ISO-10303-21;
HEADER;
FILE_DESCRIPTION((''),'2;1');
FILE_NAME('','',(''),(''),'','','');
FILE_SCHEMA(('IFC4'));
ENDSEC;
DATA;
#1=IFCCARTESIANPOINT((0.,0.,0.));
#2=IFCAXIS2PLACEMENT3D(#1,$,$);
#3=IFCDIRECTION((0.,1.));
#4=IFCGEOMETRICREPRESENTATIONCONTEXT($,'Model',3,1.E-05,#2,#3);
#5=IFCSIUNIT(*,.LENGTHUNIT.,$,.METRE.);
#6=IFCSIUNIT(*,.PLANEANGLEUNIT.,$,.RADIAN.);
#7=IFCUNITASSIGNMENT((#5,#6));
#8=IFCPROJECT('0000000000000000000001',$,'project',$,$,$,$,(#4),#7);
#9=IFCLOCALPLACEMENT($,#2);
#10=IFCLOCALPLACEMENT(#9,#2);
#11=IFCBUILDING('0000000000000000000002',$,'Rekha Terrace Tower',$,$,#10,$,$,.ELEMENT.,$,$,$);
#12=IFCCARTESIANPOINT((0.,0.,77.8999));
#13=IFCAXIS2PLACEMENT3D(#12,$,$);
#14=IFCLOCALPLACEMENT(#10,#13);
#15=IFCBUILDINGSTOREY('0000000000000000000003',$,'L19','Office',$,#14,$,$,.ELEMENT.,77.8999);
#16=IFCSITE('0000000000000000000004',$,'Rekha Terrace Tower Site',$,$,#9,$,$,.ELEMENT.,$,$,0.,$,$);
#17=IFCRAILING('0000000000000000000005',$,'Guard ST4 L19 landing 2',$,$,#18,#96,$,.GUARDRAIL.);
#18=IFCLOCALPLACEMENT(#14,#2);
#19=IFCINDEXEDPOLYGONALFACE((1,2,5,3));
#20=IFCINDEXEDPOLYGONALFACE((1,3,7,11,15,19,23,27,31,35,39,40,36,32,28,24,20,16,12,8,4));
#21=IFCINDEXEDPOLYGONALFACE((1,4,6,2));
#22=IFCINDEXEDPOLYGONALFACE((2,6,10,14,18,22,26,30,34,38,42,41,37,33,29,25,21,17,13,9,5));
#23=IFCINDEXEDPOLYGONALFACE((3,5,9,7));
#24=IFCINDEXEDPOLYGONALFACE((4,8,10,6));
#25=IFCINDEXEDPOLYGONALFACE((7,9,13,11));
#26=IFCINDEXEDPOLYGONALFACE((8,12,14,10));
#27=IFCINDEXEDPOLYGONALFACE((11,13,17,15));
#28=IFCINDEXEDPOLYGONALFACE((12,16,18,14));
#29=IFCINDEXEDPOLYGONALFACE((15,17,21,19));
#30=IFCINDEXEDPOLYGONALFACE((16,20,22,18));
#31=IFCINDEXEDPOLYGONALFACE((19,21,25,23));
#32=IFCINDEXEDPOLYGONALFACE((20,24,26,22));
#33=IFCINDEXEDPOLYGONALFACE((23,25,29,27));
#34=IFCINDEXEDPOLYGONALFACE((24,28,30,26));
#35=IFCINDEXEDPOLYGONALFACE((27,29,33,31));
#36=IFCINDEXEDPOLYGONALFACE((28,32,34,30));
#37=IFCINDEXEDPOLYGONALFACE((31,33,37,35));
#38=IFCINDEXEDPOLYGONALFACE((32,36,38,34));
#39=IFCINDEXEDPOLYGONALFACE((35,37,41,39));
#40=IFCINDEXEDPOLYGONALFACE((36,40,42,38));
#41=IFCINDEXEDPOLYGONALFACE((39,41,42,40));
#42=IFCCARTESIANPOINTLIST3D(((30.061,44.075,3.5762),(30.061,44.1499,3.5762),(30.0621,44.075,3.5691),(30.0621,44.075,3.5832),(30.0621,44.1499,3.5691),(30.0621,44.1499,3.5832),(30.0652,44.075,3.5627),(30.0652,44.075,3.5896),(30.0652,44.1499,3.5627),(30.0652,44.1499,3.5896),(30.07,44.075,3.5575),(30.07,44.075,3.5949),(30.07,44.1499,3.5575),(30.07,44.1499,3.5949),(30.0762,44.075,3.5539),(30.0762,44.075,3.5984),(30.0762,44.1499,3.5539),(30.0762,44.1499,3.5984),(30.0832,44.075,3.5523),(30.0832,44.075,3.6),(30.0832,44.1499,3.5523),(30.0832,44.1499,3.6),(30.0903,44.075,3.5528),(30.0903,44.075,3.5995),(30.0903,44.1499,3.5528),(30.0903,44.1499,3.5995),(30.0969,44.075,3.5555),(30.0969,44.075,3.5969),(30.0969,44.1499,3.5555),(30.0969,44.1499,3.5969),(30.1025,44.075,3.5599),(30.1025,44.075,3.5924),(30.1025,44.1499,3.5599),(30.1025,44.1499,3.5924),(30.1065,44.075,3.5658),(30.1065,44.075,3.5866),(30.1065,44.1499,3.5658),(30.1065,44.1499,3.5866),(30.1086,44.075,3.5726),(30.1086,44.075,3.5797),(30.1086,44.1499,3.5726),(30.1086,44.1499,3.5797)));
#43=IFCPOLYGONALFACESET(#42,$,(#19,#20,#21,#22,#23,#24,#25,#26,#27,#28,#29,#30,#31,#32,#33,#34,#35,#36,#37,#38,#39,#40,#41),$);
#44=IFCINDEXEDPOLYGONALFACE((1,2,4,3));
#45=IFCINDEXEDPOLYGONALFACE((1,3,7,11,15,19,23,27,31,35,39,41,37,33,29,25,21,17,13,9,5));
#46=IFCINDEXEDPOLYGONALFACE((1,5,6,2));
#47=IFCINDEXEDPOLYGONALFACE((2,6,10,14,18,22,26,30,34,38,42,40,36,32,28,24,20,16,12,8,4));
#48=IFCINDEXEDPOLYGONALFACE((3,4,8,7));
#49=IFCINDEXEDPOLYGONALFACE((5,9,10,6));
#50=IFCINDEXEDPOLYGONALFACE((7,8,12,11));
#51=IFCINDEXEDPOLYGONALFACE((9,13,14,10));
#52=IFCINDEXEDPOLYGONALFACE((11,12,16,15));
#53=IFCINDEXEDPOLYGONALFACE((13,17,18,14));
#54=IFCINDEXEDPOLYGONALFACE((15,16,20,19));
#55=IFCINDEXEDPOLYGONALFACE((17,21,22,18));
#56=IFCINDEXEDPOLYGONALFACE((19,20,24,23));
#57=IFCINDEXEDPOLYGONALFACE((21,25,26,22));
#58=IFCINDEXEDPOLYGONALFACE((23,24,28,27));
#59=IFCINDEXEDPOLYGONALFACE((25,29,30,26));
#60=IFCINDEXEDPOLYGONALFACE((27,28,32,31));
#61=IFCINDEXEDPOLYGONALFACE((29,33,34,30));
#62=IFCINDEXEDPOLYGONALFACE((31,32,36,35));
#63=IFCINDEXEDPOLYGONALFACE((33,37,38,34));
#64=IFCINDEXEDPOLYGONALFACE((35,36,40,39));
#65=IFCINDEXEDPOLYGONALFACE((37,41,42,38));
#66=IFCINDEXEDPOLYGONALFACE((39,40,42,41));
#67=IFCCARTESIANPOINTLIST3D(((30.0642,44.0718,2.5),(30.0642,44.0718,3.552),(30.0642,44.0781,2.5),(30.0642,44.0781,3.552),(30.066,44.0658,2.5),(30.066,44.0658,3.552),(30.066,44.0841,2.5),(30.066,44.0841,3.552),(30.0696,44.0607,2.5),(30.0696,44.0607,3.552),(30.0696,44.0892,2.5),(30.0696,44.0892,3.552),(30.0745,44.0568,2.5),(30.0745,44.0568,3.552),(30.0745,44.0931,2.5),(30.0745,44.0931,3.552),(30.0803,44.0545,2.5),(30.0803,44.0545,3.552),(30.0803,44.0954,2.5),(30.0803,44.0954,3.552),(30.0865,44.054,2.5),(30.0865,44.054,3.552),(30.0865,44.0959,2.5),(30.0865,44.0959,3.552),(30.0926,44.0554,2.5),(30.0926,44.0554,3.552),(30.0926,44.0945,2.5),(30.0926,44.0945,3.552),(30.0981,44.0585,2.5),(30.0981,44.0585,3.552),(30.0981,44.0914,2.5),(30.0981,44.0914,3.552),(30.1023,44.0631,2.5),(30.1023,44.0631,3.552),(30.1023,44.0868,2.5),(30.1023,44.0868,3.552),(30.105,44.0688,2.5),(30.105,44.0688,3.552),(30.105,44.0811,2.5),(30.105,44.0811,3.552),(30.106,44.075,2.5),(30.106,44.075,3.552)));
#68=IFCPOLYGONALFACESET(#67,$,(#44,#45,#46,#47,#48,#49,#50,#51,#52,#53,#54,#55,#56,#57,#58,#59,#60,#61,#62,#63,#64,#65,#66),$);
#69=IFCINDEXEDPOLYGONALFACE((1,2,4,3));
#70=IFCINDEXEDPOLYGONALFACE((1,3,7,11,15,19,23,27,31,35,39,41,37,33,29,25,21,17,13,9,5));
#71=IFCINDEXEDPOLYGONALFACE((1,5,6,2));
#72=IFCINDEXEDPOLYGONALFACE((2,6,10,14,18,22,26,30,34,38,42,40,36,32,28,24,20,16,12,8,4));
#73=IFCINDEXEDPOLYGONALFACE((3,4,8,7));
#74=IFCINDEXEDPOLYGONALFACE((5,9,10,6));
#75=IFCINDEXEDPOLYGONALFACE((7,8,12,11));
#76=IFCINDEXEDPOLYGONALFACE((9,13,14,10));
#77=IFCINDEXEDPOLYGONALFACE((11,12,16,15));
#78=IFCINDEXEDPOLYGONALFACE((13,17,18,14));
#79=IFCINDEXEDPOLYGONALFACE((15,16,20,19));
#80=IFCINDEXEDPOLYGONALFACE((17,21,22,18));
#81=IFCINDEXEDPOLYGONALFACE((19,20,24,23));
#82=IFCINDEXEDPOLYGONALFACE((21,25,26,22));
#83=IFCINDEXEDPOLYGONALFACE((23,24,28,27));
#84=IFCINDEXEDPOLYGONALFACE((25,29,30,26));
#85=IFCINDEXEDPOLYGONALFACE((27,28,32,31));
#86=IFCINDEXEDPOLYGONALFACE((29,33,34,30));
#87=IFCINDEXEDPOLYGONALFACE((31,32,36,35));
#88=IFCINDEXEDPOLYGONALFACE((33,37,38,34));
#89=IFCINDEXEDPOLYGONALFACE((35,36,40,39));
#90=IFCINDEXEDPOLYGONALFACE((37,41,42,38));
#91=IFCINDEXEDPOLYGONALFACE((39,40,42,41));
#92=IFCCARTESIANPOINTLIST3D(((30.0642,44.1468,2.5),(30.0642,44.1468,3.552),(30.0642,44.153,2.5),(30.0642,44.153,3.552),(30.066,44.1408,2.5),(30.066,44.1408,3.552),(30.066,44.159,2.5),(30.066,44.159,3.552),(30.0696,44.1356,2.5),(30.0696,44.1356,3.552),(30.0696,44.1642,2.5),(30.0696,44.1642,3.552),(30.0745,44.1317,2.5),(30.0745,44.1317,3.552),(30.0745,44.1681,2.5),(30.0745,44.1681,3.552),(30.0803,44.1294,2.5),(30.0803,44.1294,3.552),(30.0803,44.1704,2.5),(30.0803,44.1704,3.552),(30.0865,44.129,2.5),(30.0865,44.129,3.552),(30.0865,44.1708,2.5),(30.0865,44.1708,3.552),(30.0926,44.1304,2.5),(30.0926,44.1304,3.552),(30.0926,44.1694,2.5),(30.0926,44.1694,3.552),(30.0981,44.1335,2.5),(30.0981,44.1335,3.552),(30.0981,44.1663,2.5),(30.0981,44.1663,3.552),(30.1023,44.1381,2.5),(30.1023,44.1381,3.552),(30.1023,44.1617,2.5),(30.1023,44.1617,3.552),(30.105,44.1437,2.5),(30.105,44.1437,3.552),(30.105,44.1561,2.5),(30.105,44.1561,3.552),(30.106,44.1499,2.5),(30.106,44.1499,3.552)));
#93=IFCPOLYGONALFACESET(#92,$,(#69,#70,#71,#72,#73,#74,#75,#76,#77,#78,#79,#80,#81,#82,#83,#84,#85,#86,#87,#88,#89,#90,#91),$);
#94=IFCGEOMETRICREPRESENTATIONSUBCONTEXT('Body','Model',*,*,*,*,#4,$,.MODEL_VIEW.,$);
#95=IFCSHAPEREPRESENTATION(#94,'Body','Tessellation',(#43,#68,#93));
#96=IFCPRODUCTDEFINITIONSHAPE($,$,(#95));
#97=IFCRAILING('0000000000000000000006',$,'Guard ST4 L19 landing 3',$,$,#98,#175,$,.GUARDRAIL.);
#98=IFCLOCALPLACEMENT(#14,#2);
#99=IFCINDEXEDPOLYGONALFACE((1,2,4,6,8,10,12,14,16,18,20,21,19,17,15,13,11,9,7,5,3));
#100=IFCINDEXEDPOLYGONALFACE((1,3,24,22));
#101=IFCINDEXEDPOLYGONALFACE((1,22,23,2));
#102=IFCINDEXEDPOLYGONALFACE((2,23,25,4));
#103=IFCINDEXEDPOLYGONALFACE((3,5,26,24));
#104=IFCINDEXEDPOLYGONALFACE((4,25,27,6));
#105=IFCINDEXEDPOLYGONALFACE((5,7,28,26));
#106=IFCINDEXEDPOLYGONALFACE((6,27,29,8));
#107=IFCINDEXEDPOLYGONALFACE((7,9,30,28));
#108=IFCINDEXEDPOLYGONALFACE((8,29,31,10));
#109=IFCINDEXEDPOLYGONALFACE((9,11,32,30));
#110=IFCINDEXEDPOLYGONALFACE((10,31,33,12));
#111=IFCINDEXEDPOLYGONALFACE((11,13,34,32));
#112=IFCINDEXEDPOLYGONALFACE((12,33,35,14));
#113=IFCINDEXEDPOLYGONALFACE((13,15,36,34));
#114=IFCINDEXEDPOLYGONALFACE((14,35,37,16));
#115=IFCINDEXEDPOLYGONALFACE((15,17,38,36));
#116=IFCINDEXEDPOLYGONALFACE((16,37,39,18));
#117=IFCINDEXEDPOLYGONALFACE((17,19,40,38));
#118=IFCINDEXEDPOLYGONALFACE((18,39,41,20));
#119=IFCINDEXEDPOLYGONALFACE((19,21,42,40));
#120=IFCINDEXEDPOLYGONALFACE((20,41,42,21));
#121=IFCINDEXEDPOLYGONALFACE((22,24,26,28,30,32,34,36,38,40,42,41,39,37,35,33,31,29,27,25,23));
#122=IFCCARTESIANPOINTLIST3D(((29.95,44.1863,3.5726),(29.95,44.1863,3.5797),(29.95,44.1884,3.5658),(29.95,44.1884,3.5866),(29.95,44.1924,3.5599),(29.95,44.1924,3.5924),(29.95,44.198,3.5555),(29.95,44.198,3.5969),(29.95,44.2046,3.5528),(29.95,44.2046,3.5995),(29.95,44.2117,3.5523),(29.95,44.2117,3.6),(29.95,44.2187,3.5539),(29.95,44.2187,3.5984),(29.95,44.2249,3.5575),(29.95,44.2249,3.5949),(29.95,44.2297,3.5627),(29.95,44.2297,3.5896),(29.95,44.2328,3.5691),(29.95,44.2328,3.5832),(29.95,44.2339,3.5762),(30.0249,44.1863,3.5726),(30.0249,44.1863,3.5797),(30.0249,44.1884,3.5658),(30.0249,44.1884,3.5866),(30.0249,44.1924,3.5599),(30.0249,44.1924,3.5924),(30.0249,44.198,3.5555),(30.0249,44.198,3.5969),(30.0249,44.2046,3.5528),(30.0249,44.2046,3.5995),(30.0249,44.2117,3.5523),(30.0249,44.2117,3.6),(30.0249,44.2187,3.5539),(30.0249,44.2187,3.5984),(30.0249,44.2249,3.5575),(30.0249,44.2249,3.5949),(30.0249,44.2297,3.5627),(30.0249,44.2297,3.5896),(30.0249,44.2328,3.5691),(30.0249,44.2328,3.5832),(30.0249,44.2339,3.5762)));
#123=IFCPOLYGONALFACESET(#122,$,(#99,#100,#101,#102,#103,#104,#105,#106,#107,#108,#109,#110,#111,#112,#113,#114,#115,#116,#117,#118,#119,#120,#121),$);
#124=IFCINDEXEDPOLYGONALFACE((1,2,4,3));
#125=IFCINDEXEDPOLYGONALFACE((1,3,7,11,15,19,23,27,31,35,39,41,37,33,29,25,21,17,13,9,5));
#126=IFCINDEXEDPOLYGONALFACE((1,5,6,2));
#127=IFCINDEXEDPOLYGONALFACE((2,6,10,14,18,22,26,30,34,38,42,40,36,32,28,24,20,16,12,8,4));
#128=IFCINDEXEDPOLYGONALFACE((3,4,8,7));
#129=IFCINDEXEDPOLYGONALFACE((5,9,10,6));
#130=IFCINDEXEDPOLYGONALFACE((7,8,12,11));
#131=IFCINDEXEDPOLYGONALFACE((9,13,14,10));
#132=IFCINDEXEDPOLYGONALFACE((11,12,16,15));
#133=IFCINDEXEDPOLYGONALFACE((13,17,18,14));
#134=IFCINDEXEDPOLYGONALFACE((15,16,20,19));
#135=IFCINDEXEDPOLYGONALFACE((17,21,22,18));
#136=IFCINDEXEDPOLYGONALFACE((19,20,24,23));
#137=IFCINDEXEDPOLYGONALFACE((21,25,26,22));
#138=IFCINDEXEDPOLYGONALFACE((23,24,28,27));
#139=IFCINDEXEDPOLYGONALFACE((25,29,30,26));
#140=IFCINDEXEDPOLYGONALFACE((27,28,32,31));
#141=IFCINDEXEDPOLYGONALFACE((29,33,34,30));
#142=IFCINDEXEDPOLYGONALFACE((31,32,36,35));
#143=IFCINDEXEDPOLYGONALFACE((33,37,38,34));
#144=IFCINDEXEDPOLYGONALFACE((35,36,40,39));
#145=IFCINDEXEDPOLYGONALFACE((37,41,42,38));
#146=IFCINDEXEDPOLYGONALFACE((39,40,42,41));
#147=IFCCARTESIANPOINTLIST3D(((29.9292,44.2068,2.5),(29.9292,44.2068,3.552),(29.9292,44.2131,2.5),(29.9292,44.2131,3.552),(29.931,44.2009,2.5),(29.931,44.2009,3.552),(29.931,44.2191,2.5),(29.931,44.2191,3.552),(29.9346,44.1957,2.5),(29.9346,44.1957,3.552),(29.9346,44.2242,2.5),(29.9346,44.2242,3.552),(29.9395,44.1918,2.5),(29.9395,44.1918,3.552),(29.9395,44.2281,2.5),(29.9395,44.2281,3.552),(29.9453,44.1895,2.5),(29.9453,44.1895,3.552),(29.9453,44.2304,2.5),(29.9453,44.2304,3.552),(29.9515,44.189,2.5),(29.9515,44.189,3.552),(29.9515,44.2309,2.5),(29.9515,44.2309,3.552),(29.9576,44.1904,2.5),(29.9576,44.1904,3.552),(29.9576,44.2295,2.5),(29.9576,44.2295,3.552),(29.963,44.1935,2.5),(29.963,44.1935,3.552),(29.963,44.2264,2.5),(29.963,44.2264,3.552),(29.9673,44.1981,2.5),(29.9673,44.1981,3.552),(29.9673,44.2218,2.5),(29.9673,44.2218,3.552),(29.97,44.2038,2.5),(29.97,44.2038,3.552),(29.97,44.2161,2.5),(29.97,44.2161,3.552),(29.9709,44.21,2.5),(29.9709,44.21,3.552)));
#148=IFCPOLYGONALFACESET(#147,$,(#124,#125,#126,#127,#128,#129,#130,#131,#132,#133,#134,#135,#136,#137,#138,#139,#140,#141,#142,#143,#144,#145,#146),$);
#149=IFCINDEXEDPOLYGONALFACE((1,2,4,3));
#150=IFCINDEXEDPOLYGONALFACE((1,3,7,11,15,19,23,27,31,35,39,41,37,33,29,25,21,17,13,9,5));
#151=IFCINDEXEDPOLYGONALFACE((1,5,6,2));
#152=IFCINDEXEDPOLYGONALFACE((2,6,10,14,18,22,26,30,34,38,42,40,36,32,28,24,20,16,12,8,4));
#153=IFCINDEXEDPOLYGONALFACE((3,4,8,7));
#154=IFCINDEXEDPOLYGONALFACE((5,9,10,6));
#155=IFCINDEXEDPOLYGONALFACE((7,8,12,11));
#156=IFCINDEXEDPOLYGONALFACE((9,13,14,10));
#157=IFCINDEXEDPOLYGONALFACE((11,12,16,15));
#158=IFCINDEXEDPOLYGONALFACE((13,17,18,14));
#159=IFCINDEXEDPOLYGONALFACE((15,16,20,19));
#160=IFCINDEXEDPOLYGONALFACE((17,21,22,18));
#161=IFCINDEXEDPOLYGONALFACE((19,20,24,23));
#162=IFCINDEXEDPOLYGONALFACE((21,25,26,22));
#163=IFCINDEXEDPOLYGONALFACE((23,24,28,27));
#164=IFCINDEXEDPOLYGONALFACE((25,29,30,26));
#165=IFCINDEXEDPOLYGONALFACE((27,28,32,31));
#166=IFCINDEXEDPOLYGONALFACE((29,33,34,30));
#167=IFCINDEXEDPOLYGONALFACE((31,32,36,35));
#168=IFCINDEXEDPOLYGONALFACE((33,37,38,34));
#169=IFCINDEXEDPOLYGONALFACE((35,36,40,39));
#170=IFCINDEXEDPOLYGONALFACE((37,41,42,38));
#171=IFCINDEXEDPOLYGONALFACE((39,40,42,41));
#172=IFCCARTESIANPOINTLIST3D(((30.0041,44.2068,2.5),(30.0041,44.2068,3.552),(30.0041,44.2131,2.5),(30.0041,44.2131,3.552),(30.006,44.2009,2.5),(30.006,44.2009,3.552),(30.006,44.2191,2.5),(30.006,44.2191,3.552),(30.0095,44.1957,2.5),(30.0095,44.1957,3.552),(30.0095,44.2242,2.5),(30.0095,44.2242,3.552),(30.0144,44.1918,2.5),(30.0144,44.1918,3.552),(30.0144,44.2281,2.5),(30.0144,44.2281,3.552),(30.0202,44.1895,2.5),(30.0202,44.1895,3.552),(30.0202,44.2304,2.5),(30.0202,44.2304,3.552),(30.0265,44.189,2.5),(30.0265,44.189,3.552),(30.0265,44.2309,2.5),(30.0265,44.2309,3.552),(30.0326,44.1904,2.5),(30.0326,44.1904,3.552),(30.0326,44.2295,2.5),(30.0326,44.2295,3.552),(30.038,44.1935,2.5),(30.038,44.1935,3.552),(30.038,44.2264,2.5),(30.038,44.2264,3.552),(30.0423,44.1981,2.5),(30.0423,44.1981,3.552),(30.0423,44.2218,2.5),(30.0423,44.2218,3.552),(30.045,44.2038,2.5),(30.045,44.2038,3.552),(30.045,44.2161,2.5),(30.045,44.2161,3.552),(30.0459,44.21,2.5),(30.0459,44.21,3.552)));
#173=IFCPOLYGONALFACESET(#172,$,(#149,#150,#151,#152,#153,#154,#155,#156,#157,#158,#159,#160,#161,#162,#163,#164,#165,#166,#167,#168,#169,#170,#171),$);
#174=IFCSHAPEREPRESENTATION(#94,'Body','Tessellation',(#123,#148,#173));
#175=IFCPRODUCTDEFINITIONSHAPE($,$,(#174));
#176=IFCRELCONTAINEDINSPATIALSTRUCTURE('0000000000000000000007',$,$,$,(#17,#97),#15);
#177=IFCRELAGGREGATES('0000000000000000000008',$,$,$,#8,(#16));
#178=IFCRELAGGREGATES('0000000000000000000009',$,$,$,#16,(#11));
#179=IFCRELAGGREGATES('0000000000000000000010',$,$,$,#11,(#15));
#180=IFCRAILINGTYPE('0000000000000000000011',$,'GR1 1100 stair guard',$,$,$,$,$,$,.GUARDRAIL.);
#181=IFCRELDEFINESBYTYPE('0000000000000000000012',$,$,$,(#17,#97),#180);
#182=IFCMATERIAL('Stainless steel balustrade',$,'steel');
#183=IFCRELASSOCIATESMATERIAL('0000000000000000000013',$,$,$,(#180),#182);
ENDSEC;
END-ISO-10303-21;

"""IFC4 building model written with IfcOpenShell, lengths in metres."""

from ifc_helpers import new_model, si_unit, direction, frame, origin, origin_2d, place, context, subcontext, project, spatial, circle, extrude, material, type_object, element, save


model = new_model("IFC4")

# Units and contexts
model_context = context("Model", 3, precision=1e-05, world=origin(), true_north=direction((0.0, 1.0)))
body_context = subcontext(model_context, "Body", "Model", "MODEL_VIEW")
ifc_project = project(units=[si_unit("LENGTHUNIT", "METRE"), si_unit("PLANEANGLEUNIT", "RADIAN")], contexts=[model_context])

# Site, building, storey
site_placement = place(None, origin())
site = spatial("IfcSite", under=ifc_project, at=site_placement, Name="Rekha Terrace Tower Site", CompositionType="ELEMENT", RefElevation=0.0)
building_placement = place(site_placement, origin())
building = spatial("IfcBuilding", under=site, at=building_placement, Name="Rekha Terrace Tower", CompositionType="ELEMENT")
storey_placement = place(building_placement, frame((0.0, 0.0, 77.8999)))
storey = spatial("IfcBuildingStorey", under=building, at=storey_placement, Name="L19", Description="Office", CompositionType="ELEMENT", Elevation=77.8999)

# Railings
ifc_material_1 = material(Name="Stainless steel balustrade", Category="steel")
railing_type_1 = type_object("IfcRailingType", Name="GR1 1100 stair guard", PredefinedType="GUARDRAIL", material=ifc_material_1)
railing_1_placement = place(storey_placement, frame((30.085, 44.075, 2.5)))
element("IfcRailing", 1, at=railing_1_placement, inside=storey, type_object=railing_type_1, Name="Guard ST4 L19 landing 2", PredefinedType="GUARDRAIL", context=body_context, shape_type="SweptSolid", body=[
    extrude(circle(Radius=0.0239, at=origin_2d()), frame((0.0, 0.0, 1.0762), z_axis=(0.0, 1.0, 0.0), x_axis=(-1.0, 0.0, 0.0)), (0.0, 0.0, 1.0), 0.075),
    extrude(circle(Radius=0.021, at=origin_2d()), origin(), (0.0, 0.0, 1.0), 1.052),
    extrude(circle(Radius=0.021, at=origin_2d()), frame((0.0, 0.075, 0.0)), (0.0, 0.0, 1.0), 1.052),
])
railing_2_placement = place(storey_placement, frame((29.95, 44.21, 2.5)))
element("IfcRailing", 2, at=railing_2_placement, inside=storey, type_object=railing_type_1, Name="Guard ST4 L19 landing 3", PredefinedType="GUARDRAIL", context=body_context, shape_type="SweptSolid", body=[
    extrude(circle(Radius=0.0239, at=origin_2d()), frame((0.0, 0.0, 1.0762), z_axis=(1.0, 0.0, 0.0), x_axis=(0.0, 1.0, 0.0)), (0.0, 0.0, 1.0), 0.075),
    extrude(circle(Radius=0.021, at=origin_2d()), origin(), (0.0, 0.0, 1.0), 1.052),
    extrude(circle(Radius=0.021, at=origin_2d()), frame((0.075, 0.0, 0.0)), (0.0, 0.0, 1.0), 1.052),
])

save(model, "model.ifc")
